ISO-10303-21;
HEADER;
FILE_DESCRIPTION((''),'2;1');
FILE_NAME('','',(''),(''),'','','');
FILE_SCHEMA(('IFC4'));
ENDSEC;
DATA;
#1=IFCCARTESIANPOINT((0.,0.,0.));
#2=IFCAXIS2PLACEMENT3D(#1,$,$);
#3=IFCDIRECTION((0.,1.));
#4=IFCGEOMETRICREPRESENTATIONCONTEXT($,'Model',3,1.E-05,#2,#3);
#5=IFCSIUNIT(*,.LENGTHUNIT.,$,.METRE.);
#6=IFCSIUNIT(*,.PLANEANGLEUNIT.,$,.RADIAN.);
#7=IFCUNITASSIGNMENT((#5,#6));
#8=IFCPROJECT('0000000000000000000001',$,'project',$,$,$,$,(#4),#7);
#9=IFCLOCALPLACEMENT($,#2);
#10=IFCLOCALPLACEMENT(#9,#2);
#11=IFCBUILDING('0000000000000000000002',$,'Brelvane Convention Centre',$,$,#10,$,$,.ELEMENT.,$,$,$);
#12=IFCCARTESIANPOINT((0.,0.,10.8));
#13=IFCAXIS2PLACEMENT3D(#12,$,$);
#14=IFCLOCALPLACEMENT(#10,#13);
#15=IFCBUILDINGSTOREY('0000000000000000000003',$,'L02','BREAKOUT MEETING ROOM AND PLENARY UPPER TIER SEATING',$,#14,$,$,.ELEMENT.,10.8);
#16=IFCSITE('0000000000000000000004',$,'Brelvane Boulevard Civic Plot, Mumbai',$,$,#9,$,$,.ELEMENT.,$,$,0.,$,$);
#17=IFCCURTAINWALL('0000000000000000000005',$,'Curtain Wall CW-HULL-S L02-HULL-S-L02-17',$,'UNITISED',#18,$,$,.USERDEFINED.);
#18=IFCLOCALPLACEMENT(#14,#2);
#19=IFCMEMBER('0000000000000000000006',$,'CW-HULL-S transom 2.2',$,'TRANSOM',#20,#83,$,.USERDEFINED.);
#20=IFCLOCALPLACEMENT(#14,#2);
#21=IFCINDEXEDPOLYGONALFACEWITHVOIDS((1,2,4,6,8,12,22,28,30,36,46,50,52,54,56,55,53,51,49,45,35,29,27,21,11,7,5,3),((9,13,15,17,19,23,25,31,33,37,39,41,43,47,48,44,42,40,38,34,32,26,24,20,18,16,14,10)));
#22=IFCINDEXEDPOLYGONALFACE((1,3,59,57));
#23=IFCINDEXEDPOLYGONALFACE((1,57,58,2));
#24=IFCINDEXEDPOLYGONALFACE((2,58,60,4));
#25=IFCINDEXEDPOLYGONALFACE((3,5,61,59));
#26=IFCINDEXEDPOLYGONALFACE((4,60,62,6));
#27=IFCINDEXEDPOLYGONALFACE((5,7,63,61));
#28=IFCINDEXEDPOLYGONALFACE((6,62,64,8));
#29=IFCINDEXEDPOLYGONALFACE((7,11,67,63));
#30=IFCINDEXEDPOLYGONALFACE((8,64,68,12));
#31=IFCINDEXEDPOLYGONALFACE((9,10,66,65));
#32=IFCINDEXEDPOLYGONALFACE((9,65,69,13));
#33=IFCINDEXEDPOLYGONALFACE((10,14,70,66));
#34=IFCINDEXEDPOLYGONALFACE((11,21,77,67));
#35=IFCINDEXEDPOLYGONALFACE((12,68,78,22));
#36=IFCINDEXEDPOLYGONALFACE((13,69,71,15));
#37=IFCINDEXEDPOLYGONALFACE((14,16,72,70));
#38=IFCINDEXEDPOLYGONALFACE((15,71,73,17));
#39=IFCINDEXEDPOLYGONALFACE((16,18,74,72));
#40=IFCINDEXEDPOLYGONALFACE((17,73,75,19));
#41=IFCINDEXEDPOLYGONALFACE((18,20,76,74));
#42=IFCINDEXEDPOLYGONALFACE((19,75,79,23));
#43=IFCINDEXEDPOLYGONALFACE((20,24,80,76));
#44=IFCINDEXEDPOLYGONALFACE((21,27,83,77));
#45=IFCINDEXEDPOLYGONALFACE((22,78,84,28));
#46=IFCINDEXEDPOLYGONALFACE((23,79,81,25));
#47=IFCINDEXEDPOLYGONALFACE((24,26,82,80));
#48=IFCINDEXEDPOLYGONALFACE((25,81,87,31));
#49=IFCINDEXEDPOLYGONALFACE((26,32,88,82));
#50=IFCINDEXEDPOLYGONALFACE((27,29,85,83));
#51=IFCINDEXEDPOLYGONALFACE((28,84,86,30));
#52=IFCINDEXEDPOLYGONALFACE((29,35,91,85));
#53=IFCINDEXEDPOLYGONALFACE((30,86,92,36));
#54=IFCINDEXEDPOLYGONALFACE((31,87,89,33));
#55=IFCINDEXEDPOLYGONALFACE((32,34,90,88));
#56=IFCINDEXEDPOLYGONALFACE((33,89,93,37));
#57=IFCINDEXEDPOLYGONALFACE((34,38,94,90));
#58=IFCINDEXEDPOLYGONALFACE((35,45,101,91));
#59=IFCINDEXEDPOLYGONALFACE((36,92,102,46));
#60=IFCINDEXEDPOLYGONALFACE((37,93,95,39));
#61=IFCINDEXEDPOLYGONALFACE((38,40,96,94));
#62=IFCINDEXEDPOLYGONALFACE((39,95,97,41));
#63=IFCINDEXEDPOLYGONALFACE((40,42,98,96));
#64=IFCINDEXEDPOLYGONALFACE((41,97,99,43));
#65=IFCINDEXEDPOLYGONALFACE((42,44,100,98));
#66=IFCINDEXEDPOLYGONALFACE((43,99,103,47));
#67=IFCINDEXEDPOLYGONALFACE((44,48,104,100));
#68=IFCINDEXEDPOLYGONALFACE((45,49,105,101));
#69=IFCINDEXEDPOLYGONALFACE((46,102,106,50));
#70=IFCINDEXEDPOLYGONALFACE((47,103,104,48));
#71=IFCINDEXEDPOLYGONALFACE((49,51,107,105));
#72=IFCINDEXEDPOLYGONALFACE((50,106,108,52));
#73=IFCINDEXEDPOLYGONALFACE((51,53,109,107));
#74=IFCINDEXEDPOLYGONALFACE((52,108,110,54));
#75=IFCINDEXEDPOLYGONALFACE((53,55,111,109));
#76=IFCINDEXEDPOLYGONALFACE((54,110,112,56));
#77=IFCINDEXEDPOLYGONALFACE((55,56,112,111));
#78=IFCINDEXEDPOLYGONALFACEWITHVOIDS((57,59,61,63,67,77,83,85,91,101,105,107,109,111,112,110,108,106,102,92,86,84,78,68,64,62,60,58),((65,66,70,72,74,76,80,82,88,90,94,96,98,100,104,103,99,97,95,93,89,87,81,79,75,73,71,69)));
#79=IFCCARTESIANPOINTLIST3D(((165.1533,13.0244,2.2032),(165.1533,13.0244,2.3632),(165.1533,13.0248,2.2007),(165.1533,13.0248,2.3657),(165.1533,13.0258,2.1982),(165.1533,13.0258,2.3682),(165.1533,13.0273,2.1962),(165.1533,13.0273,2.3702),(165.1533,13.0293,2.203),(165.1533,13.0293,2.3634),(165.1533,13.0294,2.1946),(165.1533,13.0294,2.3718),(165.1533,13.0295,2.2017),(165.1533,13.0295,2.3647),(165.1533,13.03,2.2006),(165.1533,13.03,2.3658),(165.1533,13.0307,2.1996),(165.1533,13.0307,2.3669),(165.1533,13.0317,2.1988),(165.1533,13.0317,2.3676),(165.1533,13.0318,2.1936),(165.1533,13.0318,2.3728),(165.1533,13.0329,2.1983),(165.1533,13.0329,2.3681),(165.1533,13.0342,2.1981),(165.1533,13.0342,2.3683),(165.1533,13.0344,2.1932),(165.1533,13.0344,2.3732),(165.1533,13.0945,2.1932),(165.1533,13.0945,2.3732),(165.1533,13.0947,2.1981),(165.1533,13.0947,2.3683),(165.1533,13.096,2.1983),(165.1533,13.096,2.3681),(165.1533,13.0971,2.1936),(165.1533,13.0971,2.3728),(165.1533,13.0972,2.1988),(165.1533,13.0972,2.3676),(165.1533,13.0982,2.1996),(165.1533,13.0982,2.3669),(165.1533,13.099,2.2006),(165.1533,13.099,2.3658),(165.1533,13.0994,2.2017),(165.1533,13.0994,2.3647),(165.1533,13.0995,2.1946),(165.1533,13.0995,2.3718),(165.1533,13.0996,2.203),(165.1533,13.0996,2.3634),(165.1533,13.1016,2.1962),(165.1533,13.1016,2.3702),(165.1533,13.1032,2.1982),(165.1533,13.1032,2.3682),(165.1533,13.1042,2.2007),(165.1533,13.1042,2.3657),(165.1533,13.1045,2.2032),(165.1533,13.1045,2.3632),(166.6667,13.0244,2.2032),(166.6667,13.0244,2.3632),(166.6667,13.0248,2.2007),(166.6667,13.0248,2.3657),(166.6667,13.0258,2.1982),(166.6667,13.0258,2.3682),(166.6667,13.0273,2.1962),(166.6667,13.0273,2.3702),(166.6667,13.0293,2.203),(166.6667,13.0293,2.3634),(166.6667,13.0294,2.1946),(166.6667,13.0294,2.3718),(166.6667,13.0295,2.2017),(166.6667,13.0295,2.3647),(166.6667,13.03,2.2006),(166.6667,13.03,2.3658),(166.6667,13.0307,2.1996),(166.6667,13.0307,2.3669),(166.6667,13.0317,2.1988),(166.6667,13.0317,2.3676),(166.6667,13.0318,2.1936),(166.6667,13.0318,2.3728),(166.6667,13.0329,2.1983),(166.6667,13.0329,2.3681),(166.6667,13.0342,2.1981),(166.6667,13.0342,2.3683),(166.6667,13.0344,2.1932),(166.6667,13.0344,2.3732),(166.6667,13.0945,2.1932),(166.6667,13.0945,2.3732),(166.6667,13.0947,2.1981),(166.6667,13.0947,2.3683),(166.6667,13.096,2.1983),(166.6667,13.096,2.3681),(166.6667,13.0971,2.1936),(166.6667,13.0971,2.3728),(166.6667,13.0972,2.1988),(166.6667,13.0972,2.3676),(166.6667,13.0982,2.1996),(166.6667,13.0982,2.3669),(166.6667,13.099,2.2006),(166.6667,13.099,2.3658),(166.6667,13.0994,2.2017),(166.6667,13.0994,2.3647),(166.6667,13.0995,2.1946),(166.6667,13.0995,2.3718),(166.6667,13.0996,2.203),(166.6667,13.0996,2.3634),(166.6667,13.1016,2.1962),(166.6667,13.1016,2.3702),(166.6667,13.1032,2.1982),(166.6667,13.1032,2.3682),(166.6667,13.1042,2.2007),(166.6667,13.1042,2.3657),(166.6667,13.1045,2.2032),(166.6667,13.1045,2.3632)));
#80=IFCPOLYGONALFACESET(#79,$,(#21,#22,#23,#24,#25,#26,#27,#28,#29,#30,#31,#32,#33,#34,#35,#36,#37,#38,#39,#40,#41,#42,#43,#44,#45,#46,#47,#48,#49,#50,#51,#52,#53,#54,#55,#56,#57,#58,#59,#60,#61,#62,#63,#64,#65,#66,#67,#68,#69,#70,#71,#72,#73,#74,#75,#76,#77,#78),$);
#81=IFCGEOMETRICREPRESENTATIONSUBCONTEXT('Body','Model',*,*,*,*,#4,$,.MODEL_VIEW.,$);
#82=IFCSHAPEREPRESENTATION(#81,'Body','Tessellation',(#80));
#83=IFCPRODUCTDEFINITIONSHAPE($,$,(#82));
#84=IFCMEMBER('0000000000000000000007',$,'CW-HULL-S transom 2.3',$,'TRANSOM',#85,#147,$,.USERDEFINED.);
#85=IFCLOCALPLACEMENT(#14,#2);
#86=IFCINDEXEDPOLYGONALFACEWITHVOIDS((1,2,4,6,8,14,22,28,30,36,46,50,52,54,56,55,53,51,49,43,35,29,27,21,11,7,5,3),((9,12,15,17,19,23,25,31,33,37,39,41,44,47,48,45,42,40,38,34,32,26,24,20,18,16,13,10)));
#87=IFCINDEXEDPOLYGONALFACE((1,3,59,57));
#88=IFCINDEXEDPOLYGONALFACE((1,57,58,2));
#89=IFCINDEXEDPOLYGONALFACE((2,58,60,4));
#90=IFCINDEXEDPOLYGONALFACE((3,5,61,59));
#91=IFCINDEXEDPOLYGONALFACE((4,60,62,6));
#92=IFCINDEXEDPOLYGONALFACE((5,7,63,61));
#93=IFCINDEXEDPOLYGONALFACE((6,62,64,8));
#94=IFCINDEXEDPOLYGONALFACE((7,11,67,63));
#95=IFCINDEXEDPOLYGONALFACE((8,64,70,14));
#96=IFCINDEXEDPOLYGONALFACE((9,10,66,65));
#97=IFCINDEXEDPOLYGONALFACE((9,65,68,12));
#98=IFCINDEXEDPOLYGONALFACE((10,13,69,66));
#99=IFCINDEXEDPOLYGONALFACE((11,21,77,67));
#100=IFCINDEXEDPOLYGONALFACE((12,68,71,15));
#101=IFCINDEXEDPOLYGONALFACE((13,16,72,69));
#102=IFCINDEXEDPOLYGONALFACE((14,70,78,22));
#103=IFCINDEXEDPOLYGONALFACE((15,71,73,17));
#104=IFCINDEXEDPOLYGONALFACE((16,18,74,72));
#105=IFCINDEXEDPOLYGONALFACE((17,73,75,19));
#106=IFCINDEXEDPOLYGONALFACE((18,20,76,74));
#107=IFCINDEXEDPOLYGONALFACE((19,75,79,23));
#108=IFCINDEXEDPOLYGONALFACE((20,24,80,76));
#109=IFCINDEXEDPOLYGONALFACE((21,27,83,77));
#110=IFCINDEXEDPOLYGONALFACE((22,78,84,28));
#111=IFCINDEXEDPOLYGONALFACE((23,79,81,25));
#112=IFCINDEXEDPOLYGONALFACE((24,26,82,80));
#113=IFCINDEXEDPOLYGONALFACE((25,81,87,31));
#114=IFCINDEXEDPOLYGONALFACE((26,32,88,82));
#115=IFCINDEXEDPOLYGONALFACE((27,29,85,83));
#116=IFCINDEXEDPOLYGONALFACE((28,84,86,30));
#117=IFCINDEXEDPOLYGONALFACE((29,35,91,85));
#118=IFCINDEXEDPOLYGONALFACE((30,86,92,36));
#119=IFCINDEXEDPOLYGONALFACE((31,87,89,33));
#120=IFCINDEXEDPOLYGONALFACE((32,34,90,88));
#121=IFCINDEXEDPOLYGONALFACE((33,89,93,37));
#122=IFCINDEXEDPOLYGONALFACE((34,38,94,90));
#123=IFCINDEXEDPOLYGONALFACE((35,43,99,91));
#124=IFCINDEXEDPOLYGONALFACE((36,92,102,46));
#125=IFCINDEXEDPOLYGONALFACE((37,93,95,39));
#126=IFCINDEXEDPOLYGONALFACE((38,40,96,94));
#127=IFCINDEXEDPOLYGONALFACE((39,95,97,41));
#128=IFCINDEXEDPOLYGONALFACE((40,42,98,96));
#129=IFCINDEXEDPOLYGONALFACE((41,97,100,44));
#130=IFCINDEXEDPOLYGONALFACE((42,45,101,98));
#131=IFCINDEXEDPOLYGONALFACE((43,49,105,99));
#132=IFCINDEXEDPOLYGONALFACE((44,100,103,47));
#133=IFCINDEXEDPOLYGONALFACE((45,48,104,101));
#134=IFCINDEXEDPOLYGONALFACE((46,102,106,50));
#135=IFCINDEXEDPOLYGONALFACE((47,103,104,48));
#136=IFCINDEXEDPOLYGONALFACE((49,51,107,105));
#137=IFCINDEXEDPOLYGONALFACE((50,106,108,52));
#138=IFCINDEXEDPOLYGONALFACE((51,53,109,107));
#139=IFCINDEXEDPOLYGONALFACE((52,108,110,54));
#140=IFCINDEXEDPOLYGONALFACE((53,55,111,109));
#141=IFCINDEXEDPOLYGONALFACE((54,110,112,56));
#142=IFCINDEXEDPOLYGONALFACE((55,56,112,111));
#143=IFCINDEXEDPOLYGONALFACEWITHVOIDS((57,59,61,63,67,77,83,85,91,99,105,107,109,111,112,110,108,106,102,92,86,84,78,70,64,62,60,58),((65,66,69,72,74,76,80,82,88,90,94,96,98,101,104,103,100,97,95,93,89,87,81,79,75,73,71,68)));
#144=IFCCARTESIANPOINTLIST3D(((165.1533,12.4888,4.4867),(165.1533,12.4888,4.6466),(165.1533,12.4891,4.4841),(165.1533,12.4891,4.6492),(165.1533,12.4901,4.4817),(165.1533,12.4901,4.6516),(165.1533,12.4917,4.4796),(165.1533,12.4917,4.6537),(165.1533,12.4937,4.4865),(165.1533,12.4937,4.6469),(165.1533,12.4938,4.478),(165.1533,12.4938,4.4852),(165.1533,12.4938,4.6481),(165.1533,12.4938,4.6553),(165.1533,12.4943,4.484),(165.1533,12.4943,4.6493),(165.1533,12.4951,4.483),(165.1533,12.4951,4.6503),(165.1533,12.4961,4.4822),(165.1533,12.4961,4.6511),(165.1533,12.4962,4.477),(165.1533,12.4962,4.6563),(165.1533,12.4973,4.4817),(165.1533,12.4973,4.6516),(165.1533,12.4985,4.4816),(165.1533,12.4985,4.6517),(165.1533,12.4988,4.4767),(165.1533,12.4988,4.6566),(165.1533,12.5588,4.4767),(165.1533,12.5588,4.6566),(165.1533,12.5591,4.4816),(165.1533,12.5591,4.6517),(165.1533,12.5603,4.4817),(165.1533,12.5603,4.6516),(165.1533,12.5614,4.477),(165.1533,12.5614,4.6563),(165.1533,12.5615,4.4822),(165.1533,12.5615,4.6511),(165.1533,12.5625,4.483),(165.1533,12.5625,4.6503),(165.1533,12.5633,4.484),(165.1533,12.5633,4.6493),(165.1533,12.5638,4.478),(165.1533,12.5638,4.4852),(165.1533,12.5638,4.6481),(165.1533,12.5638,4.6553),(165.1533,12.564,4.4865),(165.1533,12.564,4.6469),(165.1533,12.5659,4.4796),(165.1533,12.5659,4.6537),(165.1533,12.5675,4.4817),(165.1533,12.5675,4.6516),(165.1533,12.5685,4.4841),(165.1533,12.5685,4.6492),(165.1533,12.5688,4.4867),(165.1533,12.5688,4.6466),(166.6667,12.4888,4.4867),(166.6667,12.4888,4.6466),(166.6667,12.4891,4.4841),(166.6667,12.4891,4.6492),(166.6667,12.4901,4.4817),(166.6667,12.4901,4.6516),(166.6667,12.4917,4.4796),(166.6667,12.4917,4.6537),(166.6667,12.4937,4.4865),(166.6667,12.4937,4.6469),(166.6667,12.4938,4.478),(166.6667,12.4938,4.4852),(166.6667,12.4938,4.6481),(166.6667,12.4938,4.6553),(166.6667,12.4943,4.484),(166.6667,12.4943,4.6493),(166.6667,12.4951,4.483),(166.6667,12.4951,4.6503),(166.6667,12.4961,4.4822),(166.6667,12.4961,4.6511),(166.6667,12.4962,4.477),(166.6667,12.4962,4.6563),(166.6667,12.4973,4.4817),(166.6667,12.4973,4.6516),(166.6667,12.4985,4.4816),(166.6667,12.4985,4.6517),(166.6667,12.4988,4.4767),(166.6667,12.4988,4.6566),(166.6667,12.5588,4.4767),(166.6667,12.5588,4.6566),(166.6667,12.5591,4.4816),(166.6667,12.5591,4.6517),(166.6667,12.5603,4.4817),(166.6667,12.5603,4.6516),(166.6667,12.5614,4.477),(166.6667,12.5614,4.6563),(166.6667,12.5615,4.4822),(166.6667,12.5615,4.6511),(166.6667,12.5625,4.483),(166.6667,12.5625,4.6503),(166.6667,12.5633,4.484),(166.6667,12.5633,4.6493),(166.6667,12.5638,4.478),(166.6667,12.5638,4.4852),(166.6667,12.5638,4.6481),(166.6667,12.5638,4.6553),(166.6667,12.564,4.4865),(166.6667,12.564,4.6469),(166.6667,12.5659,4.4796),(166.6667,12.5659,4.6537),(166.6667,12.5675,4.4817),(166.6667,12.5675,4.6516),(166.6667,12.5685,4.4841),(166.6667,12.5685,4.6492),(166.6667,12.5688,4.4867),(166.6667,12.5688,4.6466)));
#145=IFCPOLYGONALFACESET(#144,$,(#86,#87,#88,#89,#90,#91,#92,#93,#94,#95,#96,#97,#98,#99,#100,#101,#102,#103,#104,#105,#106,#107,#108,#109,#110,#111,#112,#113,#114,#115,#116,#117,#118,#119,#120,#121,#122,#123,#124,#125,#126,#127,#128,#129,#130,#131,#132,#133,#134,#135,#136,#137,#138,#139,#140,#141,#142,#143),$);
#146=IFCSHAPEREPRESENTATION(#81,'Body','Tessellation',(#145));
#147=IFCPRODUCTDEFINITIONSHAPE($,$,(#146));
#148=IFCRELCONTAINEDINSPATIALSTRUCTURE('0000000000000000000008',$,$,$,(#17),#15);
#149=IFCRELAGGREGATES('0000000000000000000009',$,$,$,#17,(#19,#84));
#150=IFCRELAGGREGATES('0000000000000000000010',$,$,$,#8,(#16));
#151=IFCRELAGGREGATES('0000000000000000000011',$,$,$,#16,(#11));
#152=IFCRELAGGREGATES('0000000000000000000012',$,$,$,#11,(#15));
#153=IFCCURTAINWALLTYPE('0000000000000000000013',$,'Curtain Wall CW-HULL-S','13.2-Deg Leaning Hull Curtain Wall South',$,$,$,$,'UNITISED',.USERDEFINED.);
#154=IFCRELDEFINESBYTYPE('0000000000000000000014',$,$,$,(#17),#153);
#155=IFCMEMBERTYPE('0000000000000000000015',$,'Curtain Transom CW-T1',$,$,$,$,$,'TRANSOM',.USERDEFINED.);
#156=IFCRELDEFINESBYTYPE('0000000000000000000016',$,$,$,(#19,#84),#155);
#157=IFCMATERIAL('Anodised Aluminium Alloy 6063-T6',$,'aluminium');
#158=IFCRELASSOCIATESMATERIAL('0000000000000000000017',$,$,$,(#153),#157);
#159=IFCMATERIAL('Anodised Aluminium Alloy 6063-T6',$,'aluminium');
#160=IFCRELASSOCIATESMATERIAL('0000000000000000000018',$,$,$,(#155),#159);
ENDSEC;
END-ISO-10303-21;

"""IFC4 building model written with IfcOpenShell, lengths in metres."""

from ifc_helpers import new_model, si_unit, direction, frame, origin, origin_2d, place, context, subcontext, project, spatial, hollow_rectangle, extrude, material, material_profile, profile_set, type_object, element, aggregate, save


model = new_model("IFC4")

# Units and contexts
model_context = context("Model", 3, precision=1e-05, world=origin(), true_north=direction((0.0, 1.0)))
body_context = subcontext(model_context, "Body", "Model", "MODEL_VIEW")
ifc_project = project(units=[si_unit("LENGTHUNIT", "METRE"), si_unit("PLANEANGLEUNIT", "RADIAN")], contexts=[model_context])

# Site, building, storey
site_placement = place(None, origin())
site = spatial("IfcSite", under=ifc_project, at=site_placement, Name="Brelvane Boulevard Civic Plot, Mumbai", CompositionType="ELEMENT", RefElevation=0.0)
building_placement = place(site_placement, origin())
building = spatial("IfcBuilding", under=site, at=building_placement, Name="Brelvane Convention Centre", CompositionType="ELEMENT")
storey_placement = place(building_placement, frame((0.0, 0.0, 10.8)))
storey = spatial("IfcBuildingStorey", under=building, at=storey_placement, Name="L02", Description="BREAKOUT MEETING ROOM AND PLENARY UPPER TIER SEATING", CompositionType="ELEMENT", Elevation=10.8)

# Curtain wall, members
ifc_material_1 = material(Name="Anodised Aluminium Alloy 6063-T6", Category="aluminium")
curtain_wall_type = type_object("IfcCurtainWallType", Name="Curtain Wall CW-HULL-S", Description="13.2-Deg Leaning Hull Curtain Wall South", ElementType="UNITISED", PredefinedType="USERDEFINED", material=ifc_material_1)
ifc_material_2 = material(Name="Anodised Aluminium Alloy 6063-T6", Category="aluminium")
ifc_material_profile_1 = material_profile(ifc_material_2, hollow_rectangle(XDim=0.0801, YDim=0.1799, WallThickness=0.0049, InnerFilletRadius=0.0049, OuterFilletRadius=0.01, at=origin_2d()), Name="ALU-T 180x80x5.0")
ifc_profile_set_1 = profile_set([ifc_material_profile_1], Name="Anodised Aluminium Alloy 6063-T6")
member_type_1 = type_object("IfcMemberType", Name="Curtain Transom CW-T1", ElementType="TRANSOM", PredefinedType="USERDEFINED", material=ifc_profile_set_1)
curtain_wall_1_placement = place(storey_placement, origin())
curtain_wall_1 = element("IfcCurtainWall", 1, at=curtain_wall_1_placement, inside=storey, type_object=curtain_wall_type, Name="Curtain Wall CW-HULL-S L02-HULL-S-L02-17", ObjectType="UNITISED", PredefinedType="USERDEFINED")
member_1_placement = place(storey_placement, frame((165.1533, 13.0645, 2.2832), z_axis=(1.0, 0.0, 0.0), x_axis=(0.0, 1.0, 0.0)))
member_1 = element("IfcMember", 2, at=member_1_placement, type_object=member_type_1, Name="CW-HULL-S transom 2.2", ObjectType="TRANSOM", PredefinedType="USERDEFINED", context=body_context, shape_type="SweptSolid", body=[
    extrude(hollow_rectangle(XDim=0.0801, YDim=0.1799, WallThickness=0.0049, InnerFilletRadius=0.0049, OuterFilletRadius=0.01, at=origin_2d()), origin(), (0.0, 0.0, 1.0), 1.5134),
])
member_2_placement = place(storey_placement, frame((165.1533, 12.5288, 4.5667), z_axis=(1.0, 0.0, 0.0), x_axis=(0.0, 1.0, 0.0)))
member_2 = element("IfcMember", 3, at=member_2_placement, type_object=member_type_1, Name="CW-HULL-S transom 2.3", ObjectType="TRANSOM", PredefinedType="USERDEFINED", context=body_context, shape_type="SweptSolid", body=[
    extrude(hollow_rectangle(XDim=0.0801, YDim=0.1799, WallThickness=0.0049, InnerFilletRadius=0.0049, OuterFilletRadius=0.01, at=origin_2d()), origin(), (0.0, 0.0, 1.0), 1.5134),
])

aggregate(curtain_wall_1, [member_1, member_2])

save(model, "model.ifc")
